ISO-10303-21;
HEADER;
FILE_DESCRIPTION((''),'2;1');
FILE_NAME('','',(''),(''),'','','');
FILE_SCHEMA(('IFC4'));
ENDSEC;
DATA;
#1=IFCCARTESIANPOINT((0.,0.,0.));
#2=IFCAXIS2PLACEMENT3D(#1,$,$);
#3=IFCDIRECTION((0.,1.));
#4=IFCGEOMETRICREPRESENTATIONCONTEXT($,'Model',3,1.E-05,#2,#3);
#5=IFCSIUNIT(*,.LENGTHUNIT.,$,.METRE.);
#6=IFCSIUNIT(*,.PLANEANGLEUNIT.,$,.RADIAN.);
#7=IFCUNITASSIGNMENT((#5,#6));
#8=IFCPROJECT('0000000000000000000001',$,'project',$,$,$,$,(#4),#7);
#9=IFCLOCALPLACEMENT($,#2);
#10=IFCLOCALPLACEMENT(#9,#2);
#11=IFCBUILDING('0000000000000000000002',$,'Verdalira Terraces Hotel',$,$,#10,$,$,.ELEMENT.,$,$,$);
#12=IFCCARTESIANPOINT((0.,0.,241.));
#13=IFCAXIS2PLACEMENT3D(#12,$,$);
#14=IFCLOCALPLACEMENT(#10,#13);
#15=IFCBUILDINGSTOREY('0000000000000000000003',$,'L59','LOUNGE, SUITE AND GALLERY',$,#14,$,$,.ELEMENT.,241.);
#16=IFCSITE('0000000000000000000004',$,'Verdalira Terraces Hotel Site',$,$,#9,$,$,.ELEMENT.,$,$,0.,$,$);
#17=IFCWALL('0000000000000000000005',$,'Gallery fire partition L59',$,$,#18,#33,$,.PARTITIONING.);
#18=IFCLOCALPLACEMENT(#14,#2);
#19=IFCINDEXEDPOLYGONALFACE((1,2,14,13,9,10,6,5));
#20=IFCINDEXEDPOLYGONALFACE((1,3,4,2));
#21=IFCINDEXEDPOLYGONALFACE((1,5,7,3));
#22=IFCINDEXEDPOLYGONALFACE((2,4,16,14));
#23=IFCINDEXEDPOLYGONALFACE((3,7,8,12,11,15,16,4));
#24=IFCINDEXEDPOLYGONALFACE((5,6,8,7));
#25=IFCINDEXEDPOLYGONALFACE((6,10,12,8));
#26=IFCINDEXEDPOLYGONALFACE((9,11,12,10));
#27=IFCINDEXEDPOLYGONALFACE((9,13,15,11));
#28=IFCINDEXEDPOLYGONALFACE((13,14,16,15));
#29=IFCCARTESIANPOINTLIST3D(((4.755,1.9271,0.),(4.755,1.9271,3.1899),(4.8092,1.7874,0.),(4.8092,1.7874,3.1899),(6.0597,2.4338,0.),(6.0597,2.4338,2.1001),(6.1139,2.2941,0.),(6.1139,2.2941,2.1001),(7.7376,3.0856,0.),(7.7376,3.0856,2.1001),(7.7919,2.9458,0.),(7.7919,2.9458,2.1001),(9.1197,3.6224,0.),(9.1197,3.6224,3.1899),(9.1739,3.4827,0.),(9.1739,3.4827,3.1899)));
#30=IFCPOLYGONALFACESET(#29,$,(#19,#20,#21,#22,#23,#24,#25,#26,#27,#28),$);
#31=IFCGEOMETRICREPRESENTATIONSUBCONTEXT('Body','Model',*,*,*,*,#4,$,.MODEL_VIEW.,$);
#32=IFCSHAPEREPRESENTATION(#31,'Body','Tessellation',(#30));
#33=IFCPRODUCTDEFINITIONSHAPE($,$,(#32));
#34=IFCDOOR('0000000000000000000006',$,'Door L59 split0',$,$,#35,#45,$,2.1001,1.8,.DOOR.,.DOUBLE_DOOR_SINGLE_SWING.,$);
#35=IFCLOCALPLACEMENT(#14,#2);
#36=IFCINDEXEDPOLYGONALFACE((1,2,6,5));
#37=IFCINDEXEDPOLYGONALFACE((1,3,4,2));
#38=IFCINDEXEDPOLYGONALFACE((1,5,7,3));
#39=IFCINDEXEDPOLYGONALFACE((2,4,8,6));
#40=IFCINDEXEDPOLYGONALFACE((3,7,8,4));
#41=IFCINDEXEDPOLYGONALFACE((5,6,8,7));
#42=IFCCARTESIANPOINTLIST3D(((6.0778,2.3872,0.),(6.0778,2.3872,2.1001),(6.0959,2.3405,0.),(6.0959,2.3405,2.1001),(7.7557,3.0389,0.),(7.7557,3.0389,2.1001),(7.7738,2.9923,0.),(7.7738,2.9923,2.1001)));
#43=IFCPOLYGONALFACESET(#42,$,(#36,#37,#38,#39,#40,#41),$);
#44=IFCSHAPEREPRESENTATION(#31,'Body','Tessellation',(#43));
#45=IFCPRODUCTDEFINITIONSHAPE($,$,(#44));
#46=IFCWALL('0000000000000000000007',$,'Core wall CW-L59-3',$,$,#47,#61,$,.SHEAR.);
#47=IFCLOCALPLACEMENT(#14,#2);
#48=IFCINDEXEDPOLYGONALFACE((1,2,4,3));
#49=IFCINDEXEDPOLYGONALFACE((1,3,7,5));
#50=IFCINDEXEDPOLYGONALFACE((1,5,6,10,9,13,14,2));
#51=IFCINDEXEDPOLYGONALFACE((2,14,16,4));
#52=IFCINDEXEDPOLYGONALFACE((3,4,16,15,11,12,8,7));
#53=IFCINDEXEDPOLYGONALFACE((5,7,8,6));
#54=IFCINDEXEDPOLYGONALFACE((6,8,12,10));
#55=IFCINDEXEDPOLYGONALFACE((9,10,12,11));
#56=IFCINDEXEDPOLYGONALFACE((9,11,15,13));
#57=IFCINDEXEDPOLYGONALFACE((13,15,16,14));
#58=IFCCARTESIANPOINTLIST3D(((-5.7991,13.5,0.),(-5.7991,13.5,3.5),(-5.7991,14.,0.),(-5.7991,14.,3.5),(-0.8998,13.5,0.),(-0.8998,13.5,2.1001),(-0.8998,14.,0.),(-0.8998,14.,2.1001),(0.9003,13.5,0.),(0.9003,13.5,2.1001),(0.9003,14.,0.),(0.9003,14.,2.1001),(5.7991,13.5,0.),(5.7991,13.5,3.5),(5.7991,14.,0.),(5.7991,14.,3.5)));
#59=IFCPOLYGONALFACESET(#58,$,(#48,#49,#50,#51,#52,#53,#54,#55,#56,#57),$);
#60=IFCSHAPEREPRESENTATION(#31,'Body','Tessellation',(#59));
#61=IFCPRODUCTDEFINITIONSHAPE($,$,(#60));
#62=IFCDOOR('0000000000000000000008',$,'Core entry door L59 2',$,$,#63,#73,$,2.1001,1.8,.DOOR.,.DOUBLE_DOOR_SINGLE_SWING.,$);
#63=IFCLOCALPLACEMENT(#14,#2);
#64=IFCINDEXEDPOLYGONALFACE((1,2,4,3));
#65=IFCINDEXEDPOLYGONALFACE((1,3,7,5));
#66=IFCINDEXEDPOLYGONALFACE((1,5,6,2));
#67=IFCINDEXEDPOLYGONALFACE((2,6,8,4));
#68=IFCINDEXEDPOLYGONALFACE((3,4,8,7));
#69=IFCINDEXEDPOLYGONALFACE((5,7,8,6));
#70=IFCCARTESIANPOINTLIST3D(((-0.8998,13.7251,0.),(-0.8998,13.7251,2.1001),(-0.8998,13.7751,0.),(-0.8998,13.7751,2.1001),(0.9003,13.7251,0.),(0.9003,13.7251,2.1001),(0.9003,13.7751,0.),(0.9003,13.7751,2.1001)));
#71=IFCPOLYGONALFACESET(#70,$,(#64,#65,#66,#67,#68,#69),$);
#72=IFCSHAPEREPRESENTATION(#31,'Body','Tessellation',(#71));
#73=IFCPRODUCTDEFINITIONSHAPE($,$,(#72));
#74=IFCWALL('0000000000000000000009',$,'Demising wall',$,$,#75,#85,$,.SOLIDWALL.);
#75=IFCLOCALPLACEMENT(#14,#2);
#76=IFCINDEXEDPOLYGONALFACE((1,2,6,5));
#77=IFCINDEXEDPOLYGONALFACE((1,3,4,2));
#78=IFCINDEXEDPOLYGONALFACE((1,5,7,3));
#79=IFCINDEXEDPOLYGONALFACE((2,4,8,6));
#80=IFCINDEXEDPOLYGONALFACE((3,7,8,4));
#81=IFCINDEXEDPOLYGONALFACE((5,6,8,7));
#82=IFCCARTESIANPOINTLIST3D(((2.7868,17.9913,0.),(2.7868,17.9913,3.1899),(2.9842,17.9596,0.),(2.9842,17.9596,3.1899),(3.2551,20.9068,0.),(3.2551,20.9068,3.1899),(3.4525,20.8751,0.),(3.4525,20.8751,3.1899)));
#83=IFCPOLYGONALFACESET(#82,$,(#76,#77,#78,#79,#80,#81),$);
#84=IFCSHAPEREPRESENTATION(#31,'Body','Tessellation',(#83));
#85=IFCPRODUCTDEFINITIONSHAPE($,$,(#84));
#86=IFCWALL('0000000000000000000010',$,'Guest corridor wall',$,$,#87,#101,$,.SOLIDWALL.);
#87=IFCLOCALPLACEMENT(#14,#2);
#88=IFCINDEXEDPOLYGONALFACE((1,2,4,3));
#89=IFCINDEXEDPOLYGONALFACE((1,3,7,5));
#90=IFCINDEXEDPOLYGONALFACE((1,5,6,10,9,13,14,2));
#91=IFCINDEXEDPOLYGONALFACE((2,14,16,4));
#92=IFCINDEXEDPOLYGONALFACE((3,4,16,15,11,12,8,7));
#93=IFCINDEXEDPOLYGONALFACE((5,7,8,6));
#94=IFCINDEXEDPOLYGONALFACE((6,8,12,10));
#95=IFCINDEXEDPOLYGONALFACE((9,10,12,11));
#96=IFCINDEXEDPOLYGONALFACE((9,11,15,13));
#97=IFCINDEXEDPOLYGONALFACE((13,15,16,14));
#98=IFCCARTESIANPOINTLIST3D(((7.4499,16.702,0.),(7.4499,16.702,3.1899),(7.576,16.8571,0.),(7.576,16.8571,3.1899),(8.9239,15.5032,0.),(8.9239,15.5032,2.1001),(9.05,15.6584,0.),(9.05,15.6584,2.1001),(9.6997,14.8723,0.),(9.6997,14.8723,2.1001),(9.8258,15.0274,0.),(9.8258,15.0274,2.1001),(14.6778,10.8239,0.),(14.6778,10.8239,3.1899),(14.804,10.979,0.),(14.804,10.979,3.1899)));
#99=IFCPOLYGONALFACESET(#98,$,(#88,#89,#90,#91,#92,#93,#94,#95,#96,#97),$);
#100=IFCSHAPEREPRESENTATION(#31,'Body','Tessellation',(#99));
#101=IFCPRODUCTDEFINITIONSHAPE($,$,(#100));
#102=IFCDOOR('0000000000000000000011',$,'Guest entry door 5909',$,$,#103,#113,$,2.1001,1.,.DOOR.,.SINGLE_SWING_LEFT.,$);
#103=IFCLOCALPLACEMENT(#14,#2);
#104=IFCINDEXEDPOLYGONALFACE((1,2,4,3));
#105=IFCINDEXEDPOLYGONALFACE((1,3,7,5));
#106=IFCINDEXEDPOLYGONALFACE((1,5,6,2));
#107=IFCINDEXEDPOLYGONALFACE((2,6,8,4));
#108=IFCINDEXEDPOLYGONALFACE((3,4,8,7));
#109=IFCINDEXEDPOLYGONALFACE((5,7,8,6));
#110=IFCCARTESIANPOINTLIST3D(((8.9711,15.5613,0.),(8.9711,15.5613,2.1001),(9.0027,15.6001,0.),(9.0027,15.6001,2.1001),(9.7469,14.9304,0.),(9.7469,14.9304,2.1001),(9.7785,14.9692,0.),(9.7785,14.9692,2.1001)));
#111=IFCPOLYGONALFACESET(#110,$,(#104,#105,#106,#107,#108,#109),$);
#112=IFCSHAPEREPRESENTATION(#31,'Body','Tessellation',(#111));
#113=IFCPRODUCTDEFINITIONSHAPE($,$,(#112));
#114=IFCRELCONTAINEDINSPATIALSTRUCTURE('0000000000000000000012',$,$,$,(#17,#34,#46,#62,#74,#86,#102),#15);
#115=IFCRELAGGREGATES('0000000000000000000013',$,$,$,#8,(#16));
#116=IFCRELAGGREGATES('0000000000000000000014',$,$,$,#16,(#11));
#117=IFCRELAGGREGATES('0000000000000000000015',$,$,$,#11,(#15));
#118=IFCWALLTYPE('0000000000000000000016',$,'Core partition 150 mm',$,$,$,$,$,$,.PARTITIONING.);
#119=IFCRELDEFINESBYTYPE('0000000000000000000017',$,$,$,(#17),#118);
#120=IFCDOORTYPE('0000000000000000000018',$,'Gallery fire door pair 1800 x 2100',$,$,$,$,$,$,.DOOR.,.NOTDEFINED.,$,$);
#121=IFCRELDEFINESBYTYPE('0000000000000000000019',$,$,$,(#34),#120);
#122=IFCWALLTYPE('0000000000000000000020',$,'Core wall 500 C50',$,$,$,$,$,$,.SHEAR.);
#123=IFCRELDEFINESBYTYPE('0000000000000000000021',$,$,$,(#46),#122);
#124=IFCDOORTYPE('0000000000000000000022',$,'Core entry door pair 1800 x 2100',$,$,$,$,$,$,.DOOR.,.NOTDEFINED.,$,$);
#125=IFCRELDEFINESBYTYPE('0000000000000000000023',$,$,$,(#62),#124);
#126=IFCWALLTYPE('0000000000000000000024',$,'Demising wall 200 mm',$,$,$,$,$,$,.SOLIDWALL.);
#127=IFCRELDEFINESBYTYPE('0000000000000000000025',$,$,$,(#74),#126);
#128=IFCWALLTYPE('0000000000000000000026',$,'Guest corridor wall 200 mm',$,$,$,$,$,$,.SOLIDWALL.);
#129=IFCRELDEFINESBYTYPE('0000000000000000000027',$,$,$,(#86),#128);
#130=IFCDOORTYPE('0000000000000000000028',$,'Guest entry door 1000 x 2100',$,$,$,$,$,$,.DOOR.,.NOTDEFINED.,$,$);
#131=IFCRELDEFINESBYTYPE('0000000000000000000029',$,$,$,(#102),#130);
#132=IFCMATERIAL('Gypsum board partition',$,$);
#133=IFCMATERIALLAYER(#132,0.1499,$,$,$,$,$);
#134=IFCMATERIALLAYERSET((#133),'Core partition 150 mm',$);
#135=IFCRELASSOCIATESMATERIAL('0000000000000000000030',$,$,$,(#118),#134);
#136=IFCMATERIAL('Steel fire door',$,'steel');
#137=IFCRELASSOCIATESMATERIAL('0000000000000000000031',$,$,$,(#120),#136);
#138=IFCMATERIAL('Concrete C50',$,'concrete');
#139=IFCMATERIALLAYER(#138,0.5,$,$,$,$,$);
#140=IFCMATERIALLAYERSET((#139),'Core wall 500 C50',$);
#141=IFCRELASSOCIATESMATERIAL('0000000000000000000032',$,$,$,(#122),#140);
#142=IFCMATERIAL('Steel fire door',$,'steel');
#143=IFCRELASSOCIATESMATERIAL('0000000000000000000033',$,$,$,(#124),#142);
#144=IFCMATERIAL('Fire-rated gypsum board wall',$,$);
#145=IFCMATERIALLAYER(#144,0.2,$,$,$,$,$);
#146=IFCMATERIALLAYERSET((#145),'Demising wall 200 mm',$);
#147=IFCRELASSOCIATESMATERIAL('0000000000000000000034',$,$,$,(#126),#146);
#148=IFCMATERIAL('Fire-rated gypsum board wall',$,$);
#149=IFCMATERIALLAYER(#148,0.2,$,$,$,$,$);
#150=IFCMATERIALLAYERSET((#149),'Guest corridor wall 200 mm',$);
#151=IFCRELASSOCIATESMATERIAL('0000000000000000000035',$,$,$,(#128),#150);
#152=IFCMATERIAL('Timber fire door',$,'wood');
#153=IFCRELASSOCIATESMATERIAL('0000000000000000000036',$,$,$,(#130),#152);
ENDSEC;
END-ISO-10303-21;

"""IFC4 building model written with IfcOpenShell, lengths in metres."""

from ifc_helpers import new_model, si_unit, direction, frame, frame_2d, origin, place, context, subcontext, project, spatial, rectangle, extrude, material, layer, layer_set, type_object, element, fill, save


model = new_model("IFC4")

# Units and contexts
model_context = context("Model", 3, precision=1e-05, world=origin(), true_north=direction((0.0, 1.0)))
body_context = subcontext(model_context, "Body", "Model", "MODEL_VIEW")
ifc_project = project(units=[si_unit("LENGTHUNIT", "METRE"), si_unit("PLANEANGLEUNIT", "RADIAN")], contexts=[model_context])

# Site, building, storey
site_placement = place(None, origin())
site = spatial("IfcSite", under=ifc_project, at=site_placement, Name="Verdalira Terraces Hotel Site", CompositionType="ELEMENT", RefElevation=0.0)
building_placement = place(site_placement, origin())
building = spatial("IfcBuilding", under=site, at=building_placement, Name="Verdalira Terraces Hotel", CompositionType="ELEMENT")
storey_placement = place(building_placement, frame((0.0, 0.0, 241.0)))
storey = spatial("IfcBuildingStorey", under=building, at=storey_placement, Name="L59", Description="LOUNGE, SUITE AND GALLERY", CompositionType="ELEMENT", Elevation=241.0)

# Walls, openings, doors
ifc_material_1 = material(Name="Gypsum board partition")
ifc_layer_1 = layer(ifc_material_1, 0.1499)
ifc_layer_set_1 = layer_set([ifc_layer_1], Name="Core partition 150 mm")
wall_type_1 = type_object("IfcWallType", Name="Core partition 150 mm", PredefinedType="PARTITIONING", material=ifc_layer_set_1)
wall_1_placement = place(storey_placement, frame((4.782, 1.8572, 0.0), z_axis=(0.0, 0.0, 1.0), x_axis=(0.932155, 0.362059, 0.0)))
wall_1 = element("IfcWall", 1, at=wall_1_placement, inside=storey, type_object=wall_type_1, Name="Gallery fire partition L59", PredefinedType="PARTITIONING", context=body_context, shape_type="SweptSolid", body=[
    extrude(rectangle(XDim=4.6824, YDim=0.1499, at=frame_2d((2.3413, 0.0))), origin(), (0.0, 0.0, 1.0), 3.1899),
])
opening_1_placement = place(wall_1_placement, frame((1.3999, 0.0, 0.0)))
opening_1 = element("IfcOpeningElement", 2, at=opening_1_placement, cuts=wall_1, PredefinedType="OPENING", context=body_context, shape_type="SweptSolid", body=[
    extrude(rectangle(XDim=1.8, YDim=2.1001, at=frame_2d((0.8999, 1.05))), frame((0.0, 0.085, 0.0), z_axis=(0.0, -1.0, 0.0), x_axis=(1.0, 0.0, 0.0)), (0.0, 0.0, 1.0), 0.1699),
])
ifc_material_2 = material(Name="Steel fire door", Category="steel")
door_type_1 = type_object("IfcDoorType", Name="Gallery fire door pair 1800 x 2100", OperationType="NOTDEFINED", PredefinedType="DOOR", material=ifc_material_2)
door_1_placement = place(opening_1_placement, origin())
door_1 = element("IfcDoor", 3, at=door_1_placement, inside=storey, type_object=door_type_1, Name="Door L59 split0", OperationType="DOUBLE_DOOR_SINGLE_SWING", OverallHeight=2.1001, OverallWidth=1.8, PredefinedType="DOOR", context=body_context, shape_type="SweptSolid", body=[
    extrude(rectangle(XDim=1.8, YDim=2.1001, at=frame_2d((0.8999, 1.05))), frame((0.0, 0.0249, 0.0), z_axis=(0.0, -1.0, 0.0), x_axis=(1.0, 0.0, 0.0)), (0.0, 0.0, 1.0), 0.05),
])
fill(opening_1, door_1)
ifc_material_3 = material(Name="Concrete C50", Category="concrete")
ifc_layer_2 = layer(ifc_material_3, 0.5)
ifc_layer_set_2 = layer_set([ifc_layer_2], Name="Core wall 500 C50")
wall_type_2 = type_object("IfcWallType", Name="Core wall 500 C50", PredefinedType="SHEAR", material=ifc_layer_set_2)
wall_2_placement = place(storey_placement, frame((5.7991, 13.75, 0.0), z_axis=(0.0, 0.0, 1.0), x_axis=(-1.0, 0.0, 0.0)))
wall_2 = element("IfcWall", 4, at=wall_2_placement, inside=storey, type_object=wall_type_2, Name="Core wall CW-L59-3", PredefinedType="SHEAR", context=body_context, shape_type="SweptSolid", body=[
    extrude(rectangle(XDim=11.5981, YDim=0.5, at=frame_2d((5.7991, 0.0))), origin(), (0.0, 0.0, 1.0), 3.5),
])
opening_2_placement = place(wall_2_placement, frame((4.8989, 0.0, 0.0)))
opening_2 = element("IfcOpeningElement", 5, at=opening_2_placement, cuts=wall_2, PredefinedType="OPENING", context=body_context, shape_type="SweptSolid", body=[
    extrude(rectangle(XDim=1.8, YDim=2.1001, at=frame_2d((0.8999, 1.05))), frame((0.0, 0.26, 0.0), z_axis=(0.0, -1.0, 0.0), x_axis=(1.0, 0.0, 0.0)), (0.0, 0.0, 1.0), 0.52),
])
ifc_material_4 = material(Name="Steel fire door", Category="steel")
door_type_2 = type_object("IfcDoorType", Name="Core entry door pair 1800 x 2100", OperationType="NOTDEFINED", PredefinedType="DOOR", material=ifc_material_4)
door_2_placement = place(opening_2_placement, origin())
door_2 = element("IfcDoor", 6, at=door_2_placement, inside=storey, type_object=door_type_2, Name="Core entry door L59 2", OperationType="DOUBLE_DOOR_SINGLE_SWING", OverallHeight=2.1001, OverallWidth=1.8, PredefinedType="DOOR", context=body_context, shape_type="SweptSolid", body=[
    extrude(rectangle(XDim=1.8, YDim=2.1001, at=frame_2d((0.8999, 1.05))), frame((0.0, 0.0249, 0.0), z_axis=(0.0, -1.0, 0.0), x_axis=(1.0, 0.0, 0.0)), (0.0, 0.0, 1.0), 0.05),
])
fill(opening_2, door_2)

# Wall
ifc_material_5 = material(Name="Fire-rated gypsum board wall")
ifc_layer_3 = layer(ifc_material_5, 0.2)
ifc_layer_set_3 = layer_set([ifc_layer_3], Name="Demising wall 200 mm")
wall_type_3 = type_object("IfcWallType", Name="Demising wall 200 mm", PredefinedType="SOLIDWALL", material=ifc_layer_set_3)
wall_3_placement = place(storey_placement, frame((2.8855, 17.9753, 0.0), z_axis=(0.0, 0.0, 1.0), x_axis=(0.158577, 0.987347, 0.0)))
element("IfcWall", 7, at=wall_3_placement, inside=storey, type_object=wall_type_3, Name="Demising wall", PredefinedType="SOLIDWALL", context=body_context, shape_type="SweptSolid", body=[
    extrude(rectangle(XDim=2.9529, YDim=0.2, at=frame_2d((1.4766, 0.0))), origin(), (0.0, 0.0, 1.0), 3.1899),
])

# Wall, opening, door
ifc_material_6 = material(Name="Fire-rated gypsum board wall")
ifc_layer_4 = layer(ifc_material_6, 0.2)
ifc_layer_set_4 = layer_set([ifc_layer_4], Name="Guest corridor wall 200 mm")
wall_type_4 = type_object("IfcWallType", Name="Guest corridor wall 200 mm", PredefinedType="SOLIDWALL", material=ifc_layer_set_4)
wall_4_placement = place(storey_placement, frame((7.5129, 16.7795, 0.0), z_axis=(0.0, 0.0, 1.0), x_axis=(0.77583, -0.630942, 0.0)))
wall_4 = element("IfcWall", 8, at=wall_4_placement, inside=storey, type_object=wall_type_4, Name="Guest corridor wall", PredefinedType="SOLIDWALL", context=body_context, shape_type="SweptSolid", body=[
    extrude(rectangle(XDim=9.3164, YDim=0.2, at=frame_2d((4.6582, 0.0))), origin(), (0.0, 0.0, 1.0), 3.1899),
])
opening_3_placement = place(wall_4_placement, frame((1.8999, 0.0, 0.0)))
opening_3 = element("IfcOpeningElement", 9, at=opening_3_placement, cuts=wall_4, PredefinedType="OPENING", context=body_context, shape_type="SweptSolid", body=[
    extrude(rectangle(XDim=1.0, YDim=2.1001, at=frame_2d((0.5, 1.05))), frame((0.0, 0.1099, 0.0), z_axis=(0.0, -1.0, 0.0), x_axis=(1.0, 0.0, 0.0)), (0.0, 0.0, 1.0), 0.22),
])
ifc_material_7 = material(Name="Timber fire door", Category="wood")
door_type_3 = type_object("IfcDoorType", Name="Guest entry door 1000 x 2100", OperationType="NOTDEFINED", PredefinedType="DOOR", material=ifc_material_7)
door_3_placement = place(opening_3_placement, origin())
door_3 = element("IfcDoor", 10, at=door_3_placement, inside=storey, type_object=door_type_3, Name="Guest entry door 5909", OperationType="SINGLE_SWING_LEFT", OverallHeight=2.1001, OverallWidth=1.0, PredefinedType="DOOR", context=body_context, shape_type="SweptSolid", body=[
    extrude(rectangle(XDim=1.0, YDim=2.1001, at=frame_2d((0.5, 1.05))), frame((0.0, 0.0249, 0.0), z_axis=(0.0, -1.0, 0.0), x_axis=(1.0, 0.0, 0.0)), (0.0, 0.0, 1.0), 0.05),
])
fill(opening_3, door_3)

save(model, "model.ifc")
